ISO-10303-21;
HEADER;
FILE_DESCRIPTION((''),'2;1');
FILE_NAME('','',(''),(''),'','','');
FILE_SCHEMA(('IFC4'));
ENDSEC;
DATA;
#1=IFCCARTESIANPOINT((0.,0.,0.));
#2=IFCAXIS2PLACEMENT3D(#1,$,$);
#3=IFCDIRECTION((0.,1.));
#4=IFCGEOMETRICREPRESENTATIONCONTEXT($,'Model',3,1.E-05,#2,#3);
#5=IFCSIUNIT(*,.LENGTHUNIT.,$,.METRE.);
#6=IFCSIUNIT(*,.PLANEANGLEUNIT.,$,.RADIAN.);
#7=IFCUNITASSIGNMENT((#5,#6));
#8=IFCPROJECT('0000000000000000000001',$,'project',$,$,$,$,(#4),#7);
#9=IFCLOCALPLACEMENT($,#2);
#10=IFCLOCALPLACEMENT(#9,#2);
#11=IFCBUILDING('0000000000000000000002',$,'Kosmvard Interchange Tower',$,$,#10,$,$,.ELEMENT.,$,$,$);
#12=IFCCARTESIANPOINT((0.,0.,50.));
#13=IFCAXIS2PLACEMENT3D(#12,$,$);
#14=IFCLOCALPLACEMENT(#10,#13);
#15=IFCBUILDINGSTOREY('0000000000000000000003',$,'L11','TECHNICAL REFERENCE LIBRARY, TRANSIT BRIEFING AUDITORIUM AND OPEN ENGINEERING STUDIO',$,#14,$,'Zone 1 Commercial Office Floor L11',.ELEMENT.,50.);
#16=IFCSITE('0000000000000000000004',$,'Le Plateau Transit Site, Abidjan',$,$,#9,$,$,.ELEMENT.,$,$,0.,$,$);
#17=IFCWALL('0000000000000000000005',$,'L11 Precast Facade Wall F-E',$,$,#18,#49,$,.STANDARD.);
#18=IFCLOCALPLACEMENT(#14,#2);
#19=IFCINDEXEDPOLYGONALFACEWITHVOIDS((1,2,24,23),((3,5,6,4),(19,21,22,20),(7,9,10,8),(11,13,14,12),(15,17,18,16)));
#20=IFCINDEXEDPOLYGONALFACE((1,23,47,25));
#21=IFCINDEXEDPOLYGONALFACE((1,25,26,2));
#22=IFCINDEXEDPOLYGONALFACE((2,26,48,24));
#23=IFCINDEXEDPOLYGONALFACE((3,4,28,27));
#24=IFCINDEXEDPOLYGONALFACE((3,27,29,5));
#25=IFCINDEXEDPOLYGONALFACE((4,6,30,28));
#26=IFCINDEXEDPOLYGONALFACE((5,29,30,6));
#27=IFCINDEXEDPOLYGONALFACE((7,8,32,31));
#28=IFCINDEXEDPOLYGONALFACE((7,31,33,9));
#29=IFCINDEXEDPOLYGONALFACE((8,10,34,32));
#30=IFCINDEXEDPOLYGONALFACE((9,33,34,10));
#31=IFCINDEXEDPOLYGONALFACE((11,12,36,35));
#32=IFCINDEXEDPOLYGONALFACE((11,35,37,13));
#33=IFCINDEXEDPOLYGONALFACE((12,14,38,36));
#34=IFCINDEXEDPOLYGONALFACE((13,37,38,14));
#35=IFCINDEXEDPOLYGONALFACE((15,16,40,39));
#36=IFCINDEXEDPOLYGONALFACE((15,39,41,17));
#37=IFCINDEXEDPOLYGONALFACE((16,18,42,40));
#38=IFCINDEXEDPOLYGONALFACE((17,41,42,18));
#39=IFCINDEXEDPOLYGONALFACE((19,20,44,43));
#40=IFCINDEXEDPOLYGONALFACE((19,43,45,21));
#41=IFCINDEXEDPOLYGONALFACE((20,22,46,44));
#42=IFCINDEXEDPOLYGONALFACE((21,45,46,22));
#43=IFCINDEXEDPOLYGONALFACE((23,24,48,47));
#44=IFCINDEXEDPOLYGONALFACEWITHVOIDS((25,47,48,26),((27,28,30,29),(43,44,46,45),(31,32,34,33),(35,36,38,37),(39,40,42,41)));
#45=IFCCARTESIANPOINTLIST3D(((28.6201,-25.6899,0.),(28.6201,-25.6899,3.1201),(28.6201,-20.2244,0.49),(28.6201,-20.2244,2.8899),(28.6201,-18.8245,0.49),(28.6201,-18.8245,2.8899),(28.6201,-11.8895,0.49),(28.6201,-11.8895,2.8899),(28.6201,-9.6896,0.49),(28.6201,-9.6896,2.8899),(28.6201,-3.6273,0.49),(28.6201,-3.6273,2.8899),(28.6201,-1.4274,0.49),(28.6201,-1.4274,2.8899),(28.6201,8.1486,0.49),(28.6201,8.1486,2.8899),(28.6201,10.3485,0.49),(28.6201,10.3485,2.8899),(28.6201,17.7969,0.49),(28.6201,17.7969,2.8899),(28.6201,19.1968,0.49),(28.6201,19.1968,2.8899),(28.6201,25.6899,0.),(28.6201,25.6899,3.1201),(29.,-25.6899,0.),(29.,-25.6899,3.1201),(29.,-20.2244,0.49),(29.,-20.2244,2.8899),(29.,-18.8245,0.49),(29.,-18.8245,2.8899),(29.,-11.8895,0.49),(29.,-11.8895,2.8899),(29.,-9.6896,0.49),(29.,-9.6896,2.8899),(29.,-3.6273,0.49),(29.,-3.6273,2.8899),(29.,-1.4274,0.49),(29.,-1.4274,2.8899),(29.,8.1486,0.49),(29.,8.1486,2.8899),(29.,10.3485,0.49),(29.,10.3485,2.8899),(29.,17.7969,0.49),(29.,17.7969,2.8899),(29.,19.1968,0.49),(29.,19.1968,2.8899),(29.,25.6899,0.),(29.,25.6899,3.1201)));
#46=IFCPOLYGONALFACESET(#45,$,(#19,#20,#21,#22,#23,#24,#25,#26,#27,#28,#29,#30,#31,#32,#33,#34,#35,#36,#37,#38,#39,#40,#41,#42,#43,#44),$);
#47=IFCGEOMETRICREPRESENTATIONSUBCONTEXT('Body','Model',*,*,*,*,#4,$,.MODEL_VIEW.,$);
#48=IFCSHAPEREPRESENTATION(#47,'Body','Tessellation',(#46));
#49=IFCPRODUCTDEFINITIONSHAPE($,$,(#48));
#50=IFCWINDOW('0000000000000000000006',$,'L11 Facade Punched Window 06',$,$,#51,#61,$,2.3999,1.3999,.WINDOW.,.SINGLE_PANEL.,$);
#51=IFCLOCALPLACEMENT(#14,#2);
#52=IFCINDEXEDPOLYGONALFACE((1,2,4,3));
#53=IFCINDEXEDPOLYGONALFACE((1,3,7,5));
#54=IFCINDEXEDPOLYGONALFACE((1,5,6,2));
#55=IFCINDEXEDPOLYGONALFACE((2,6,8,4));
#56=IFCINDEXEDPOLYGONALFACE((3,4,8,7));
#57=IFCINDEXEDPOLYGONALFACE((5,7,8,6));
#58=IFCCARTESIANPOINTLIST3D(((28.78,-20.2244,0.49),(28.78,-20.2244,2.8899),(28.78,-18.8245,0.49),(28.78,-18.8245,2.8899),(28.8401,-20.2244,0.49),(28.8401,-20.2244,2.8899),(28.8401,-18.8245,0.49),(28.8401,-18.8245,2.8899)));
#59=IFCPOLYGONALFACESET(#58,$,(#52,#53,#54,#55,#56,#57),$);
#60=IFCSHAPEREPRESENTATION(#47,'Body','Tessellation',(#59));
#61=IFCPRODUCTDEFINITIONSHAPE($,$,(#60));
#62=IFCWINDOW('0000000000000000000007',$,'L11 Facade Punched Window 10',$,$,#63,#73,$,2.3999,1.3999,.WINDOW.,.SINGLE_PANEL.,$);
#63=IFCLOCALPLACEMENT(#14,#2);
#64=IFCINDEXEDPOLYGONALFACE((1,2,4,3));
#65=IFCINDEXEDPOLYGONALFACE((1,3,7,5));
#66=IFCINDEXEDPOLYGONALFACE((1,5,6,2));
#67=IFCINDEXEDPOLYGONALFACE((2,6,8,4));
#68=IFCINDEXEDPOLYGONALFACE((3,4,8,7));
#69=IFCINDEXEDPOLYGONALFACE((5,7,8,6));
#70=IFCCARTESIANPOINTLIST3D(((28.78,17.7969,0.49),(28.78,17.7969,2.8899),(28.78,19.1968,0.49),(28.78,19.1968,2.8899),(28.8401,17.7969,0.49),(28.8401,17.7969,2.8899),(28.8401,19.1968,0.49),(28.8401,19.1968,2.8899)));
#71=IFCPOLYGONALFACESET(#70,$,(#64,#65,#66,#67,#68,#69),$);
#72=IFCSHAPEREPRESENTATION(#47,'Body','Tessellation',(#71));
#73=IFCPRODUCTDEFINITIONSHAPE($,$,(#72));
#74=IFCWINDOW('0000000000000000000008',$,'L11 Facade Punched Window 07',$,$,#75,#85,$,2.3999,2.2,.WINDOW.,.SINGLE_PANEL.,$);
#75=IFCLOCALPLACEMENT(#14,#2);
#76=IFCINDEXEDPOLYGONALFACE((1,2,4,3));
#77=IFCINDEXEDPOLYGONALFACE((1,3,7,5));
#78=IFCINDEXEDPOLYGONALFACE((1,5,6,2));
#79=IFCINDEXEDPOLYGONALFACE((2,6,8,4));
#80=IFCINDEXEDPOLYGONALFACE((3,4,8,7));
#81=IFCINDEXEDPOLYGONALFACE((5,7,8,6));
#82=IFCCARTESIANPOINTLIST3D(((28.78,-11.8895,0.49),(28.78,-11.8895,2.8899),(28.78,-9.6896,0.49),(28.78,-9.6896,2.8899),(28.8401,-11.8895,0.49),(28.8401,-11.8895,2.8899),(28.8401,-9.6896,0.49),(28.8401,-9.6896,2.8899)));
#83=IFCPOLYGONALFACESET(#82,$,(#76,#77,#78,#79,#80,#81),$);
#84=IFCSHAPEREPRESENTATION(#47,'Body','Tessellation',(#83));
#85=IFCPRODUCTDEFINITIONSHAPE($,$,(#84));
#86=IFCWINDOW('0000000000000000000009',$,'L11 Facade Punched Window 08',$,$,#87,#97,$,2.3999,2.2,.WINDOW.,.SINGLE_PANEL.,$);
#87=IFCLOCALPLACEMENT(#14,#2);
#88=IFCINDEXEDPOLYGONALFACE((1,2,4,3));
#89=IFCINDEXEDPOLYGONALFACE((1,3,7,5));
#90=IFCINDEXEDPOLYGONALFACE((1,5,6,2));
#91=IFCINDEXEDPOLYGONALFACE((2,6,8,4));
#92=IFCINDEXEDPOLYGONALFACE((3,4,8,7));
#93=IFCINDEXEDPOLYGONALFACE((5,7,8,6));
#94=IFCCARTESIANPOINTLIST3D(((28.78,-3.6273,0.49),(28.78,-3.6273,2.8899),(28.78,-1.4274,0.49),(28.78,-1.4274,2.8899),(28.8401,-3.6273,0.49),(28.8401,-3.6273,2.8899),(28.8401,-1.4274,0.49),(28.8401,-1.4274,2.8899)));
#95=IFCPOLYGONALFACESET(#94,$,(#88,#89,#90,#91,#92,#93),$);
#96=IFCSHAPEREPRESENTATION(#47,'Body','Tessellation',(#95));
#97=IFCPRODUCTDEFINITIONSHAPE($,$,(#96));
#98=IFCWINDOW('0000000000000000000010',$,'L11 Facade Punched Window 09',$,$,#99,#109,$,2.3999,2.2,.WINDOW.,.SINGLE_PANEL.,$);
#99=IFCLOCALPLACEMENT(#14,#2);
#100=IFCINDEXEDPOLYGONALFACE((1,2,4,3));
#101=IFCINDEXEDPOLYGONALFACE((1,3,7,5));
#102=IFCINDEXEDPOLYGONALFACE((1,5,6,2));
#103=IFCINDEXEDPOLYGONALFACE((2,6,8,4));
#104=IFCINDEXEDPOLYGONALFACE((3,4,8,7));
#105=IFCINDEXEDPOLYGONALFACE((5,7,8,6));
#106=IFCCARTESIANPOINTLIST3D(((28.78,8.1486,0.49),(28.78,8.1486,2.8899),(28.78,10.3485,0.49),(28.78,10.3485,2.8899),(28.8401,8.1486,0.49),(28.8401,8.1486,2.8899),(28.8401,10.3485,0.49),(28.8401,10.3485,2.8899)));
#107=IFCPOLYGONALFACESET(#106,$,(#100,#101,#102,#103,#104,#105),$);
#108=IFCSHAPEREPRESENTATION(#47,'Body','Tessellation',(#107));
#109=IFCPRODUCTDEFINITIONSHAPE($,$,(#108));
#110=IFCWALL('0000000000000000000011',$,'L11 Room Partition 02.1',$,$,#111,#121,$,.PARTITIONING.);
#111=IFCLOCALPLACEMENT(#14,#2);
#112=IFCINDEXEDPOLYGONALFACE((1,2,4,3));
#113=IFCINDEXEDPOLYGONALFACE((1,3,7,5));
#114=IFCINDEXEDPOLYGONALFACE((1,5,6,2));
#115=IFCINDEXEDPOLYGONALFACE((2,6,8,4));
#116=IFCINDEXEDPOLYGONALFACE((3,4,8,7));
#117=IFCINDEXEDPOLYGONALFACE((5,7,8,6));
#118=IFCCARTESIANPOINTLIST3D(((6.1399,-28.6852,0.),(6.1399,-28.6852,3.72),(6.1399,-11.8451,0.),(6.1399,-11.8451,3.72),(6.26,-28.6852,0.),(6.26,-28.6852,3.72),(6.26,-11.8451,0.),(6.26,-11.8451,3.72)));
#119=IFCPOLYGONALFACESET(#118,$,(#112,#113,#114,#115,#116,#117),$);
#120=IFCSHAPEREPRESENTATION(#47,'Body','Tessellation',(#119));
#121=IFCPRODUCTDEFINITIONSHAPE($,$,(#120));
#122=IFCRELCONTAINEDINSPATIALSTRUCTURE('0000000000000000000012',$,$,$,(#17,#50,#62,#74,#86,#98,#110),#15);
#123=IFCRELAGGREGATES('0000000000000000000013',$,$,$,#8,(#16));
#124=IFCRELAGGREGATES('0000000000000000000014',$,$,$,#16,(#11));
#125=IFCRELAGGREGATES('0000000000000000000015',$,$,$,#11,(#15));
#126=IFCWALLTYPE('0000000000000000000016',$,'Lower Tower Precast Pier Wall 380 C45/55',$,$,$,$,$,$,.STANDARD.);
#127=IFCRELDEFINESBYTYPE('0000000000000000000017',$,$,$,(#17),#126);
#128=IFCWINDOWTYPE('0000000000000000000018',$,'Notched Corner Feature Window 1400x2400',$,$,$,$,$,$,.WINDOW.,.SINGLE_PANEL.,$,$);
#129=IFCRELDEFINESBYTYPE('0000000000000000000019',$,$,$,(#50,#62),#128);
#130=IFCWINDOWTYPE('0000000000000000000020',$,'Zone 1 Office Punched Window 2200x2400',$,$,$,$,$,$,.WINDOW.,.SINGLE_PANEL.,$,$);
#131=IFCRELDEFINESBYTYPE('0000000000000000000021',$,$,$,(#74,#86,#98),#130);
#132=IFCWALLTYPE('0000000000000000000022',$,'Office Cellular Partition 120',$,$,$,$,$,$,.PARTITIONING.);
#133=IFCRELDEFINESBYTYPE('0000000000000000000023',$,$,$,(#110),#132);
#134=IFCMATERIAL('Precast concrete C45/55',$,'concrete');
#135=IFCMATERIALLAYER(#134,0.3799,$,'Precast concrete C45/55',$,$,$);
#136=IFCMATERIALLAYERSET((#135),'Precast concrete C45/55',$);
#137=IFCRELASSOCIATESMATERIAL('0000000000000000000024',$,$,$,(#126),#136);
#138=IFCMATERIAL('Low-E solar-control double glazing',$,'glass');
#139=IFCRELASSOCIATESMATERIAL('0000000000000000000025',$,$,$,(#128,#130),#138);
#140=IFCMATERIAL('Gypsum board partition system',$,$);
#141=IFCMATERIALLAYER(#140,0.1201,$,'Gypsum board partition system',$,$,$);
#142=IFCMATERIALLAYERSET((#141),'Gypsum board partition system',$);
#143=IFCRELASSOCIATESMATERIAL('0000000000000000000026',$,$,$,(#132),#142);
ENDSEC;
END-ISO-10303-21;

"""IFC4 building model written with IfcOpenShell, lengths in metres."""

from ifc_helpers import new_model, si_unit, direction, frame, frame_2d, origin, place, context, subcontext, project, spatial, rectangle, extrude, source, transform, mapped, material, layer, layer_set, type_object, element, fill, save


model = new_model("IFC4")

# Units and contexts
model_context = context("Model", 3, precision=1e-05, world=origin(), true_north=direction((0.0, 1.0)))
body_context = subcontext(model_context, "Body", "Model", "MODEL_VIEW")
ifc_project = project(units=[si_unit("LENGTHUNIT", "METRE"), si_unit("PLANEANGLEUNIT", "RADIAN")], contexts=[model_context])

# Site, building, storey
site_placement = place(None, origin())
site = spatial("IfcSite", under=ifc_project, at=site_placement, Name="Le Plateau Transit Site, Abidjan", CompositionType="ELEMENT", RefElevation=0.0)
building_placement = place(site_placement, origin())
building = spatial("IfcBuilding", under=site, at=building_placement, Name="Kosmvard Interchange Tower", CompositionType="ELEMENT")
storey_placement = place(building_placement, frame((0.0, 0.0, 50.0)))
storey = spatial("IfcBuildingStorey", under=building, at=storey_placement, Name="L11", Description="TECHNICAL REFERENCE LIBRARY, TRANSIT BRIEFING AUDITORIUM AND OPEN ENGINEERING STUDIO", LongName="Zone 1 Commercial Office Floor L11", CompositionType="ELEMENT", Elevation=50.0)

# Shared definitions
ifc_material_1 = material(Name="Precast concrete C45/55", Category="concrete")

# Shared definitions
ifc_layer_1 = layer(ifc_material_1, 0.3799, Name="Precast concrete C45/55")
ifc_layer_set_1 = layer_set([ifc_layer_1], Name="Precast concrete C45/55")
wall_type_1 = type_object("IfcWallType", Name="Lower Tower Precast Pier Wall 380 C45/55", PredefinedType="STANDARD", material=ifc_layer_set_1)

# Wall, openings, windows
wall_1_placement = place(storey_placement, frame((28.8101, -25.6899, 0.0), z_axis=(0.0, 0.0, 1.0), x_axis=(0.0, 1.0, 0.0)))
wall_1 = element("IfcWall", 1, at=wall_1_placement, inside=storey, type_object=wall_type_1, Name="L11 Precast Facade Wall F-E", PredefinedType="STANDARD", context=body_context, shape_type="SweptSolid", body=[
    extrude(rectangle(XDim=51.3799, YDim=0.3799, at=frame_2d((25.6899, 0.0))), origin(), (0.0, 0.0, 1.0), 3.1201),
])
opening_1_placement = place(wall_1_placement, frame((5.4656, 0.0, 0.49)))
opening_1 = element("IfcOpeningElement", 2, at=opening_1_placement, cuts=wall_1, PredefinedType="OPENING", context=body_context, shape_type="SweptSolid", body=[
    extrude(rectangle(XDim=1.3999, YDim=2.3999, at=frame_2d((0.7, 1.2))), frame((0.0, 0.2, 0.0), z_axis=(0.0, -1.0, 0.0), x_axis=(1.0, 0.0, 0.0)), (0.0, 0.0, 1.0), 0.3999),
])
opening_2_placement = place(wall_1_placement, frame((13.8003, 0.0, 0.49)))
opening_2 = element("IfcOpeningElement", 3, at=opening_2_placement, cuts=wall_1, PredefinedType="OPENING", context=body_context, shape_type="SweptSolid", body=[
    extrude(rectangle(XDim=2.2, YDim=2.3999, at=frame_2d((1.1001, 1.2))), frame((0.0, 0.2, 0.0), z_axis=(0.0, -1.0, 0.0), x_axis=(1.0, 0.0, 0.0)), (0.0, 0.0, 1.0), 0.3999),
])
opening_3_placement = place(wall_1_placement, frame((22.0625, 0.0, 0.49)))
opening_3 = element("IfcOpeningElement", 4, at=opening_3_placement, cuts=wall_1, PredefinedType="OPENING", context=body_context, shape_type="SweptSolid", body=[
    extrude(rectangle(XDim=2.2, YDim=2.3999, at=frame_2d((1.1001, 1.2))), frame((0.0, 0.2, 0.0), z_axis=(0.0, -1.0, 0.0), x_axis=(1.0, 0.0, 0.0)), (0.0, 0.0, 1.0), 0.3999),
])
opening_4_placement = place(wall_1_placement, frame((33.8384, 0.0, 0.49)))
opening_4 = element("IfcOpeningElement", 5, at=opening_4_placement, cuts=wall_1, PredefinedType="OPENING", context=body_context, shape_type="SweptSolid", body=[
    extrude(rectangle(XDim=2.2, YDim=2.3999, at=frame_2d((1.1001, 1.2))), frame((0.0, 0.2, 0.0), z_axis=(0.0, -1.0, 0.0), x_axis=(1.0, 0.0, 0.0)), (0.0, 0.0, 1.0), 0.3999),
])
opening_5_placement = place(wall_1_placement, frame((43.4868, 0.0, 0.49)))
opening_5 = element("IfcOpeningElement", 6, at=opening_5_placement, cuts=wall_1, PredefinedType="OPENING", context=body_context, shape_type="SweptSolid", body=[
    extrude(rectangle(XDim=1.3999, YDim=2.3999, at=frame_2d((0.7, 1.2))), frame((0.0, 0.2, 0.0), z_axis=(0.0, -1.0, 0.0), x_axis=(1.0, 0.0, 0.0)), (0.0, 0.0, 1.0), 0.3999),
])
ifc_material_2 = material(Name="Low-E solar-control double glazing", Category="glass")
window_type_1 = type_object("IfcWindowType", Name="Notched Corner Feature Window 1400x2400", PartitioningType="SINGLE_PANEL", PredefinedType="WINDOW", material=ifc_material_2)
shared_shape_1 = source(origin(), body_context, "Body", "SweptSolid", [
    extrude(rectangle(XDim=1.3999, YDim=2.3999, at=frame_2d((0.7, 1.2))), frame((0.0, 0.03, 0.0), z_axis=(0.0, -1.0, 0.0), x_axis=(1.0, 0.0, 0.0)), (0.0, 0.0, 1.0), 0.0601),
])
window_1_placement = place(opening_1_placement, origin())
window_1 = element("IfcWindow", 7, at=window_1_placement, inside=storey, type_object=window_type_1, Name="L11 Facade Punched Window 06", OverallHeight=2.3999, OverallWidth=1.3999, PartitioningType="SINGLE_PANEL", PredefinedType="WINDOW", context=body_context, shape_type="MappedRepresentation", body=[
    mapped(shared_shape_1, transform((0.0, 0.0, 0.0), scale=1.0)),
])
fill(opening_1, window_1)
window_2_placement = place(opening_5_placement, origin())
window_2 = element("IfcWindow", 8, at=window_2_placement, inside=storey, type_object=window_type_1, Name="L11 Facade Punched Window 10", OverallHeight=2.3999, OverallWidth=1.3999, PartitioningType="SINGLE_PANEL", PredefinedType="WINDOW", context=body_context, shape_type="MappedRepresentation", body=[
    mapped(shared_shape_1, transform((0.0, 0.0, 0.0), scale=1.0)),
])
fill(opening_5, window_2)
window_type_2 = type_object("IfcWindowType", Name="Zone 1 Office Punched Window 2200x2400", PartitioningType="SINGLE_PANEL", PredefinedType="WINDOW", material=ifc_material_2)
shared_shape_2 = source(origin(), body_context, "Body", "SweptSolid", [
    extrude(rectangle(XDim=2.2, YDim=2.3999, at=frame_2d((1.1001, 1.2))), frame((0.0, 0.03, 0.0), z_axis=(0.0, -1.0, 0.0), x_axis=(1.0, 0.0, 0.0)), (0.0, 0.0, 1.0), 0.0601),
])
window_3_placement = place(opening_2_placement, origin())
window_3 = element("IfcWindow", 9, at=window_3_placement, inside=storey, type_object=window_type_2, Name="L11 Facade Punched Window 07", OverallHeight=2.3999, OverallWidth=2.2, PartitioningType="SINGLE_PANEL", PredefinedType="WINDOW", context=body_context, shape_type="MappedRepresentation", body=[
    mapped(shared_shape_2, transform((0.0, 0.0, 0.0), scale=1.0)),
])
fill(opening_2, window_3)
window_4_placement = place(opening_3_placement, origin())
window_4 = element("IfcWindow", 10, at=window_4_placement, inside=storey, type_object=window_type_2, Name="L11 Facade Punched Window 08", OverallHeight=2.3999, OverallWidth=2.2, PartitioningType="SINGLE_PANEL", PredefinedType="WINDOW", context=body_context, shape_type="MappedRepresentation", body=[
    mapped(shared_shape_2, transform((0.0, 0.0, 0.0), scale=1.0)),
])
fill(opening_3, window_4)
window_5_placement = place(opening_4_placement, origin())
window_5 = element("IfcWindow", 11, at=window_5_placement, inside=storey, type_object=window_type_2, Name="L11 Facade Punched Window 09", OverallHeight=2.3999, OverallWidth=2.2, PartitioningType="SINGLE_PANEL", PredefinedType="WINDOW", context=body_context, shape_type="MappedRepresentation", body=[
    mapped(shared_shape_2, transform((0.0, 0.0, 0.0), scale=1.0)),
])
fill(opening_4, window_5)

# Wall
ifc_material_3 = material(Name="Gypsum board partition system")
ifc_layer_2 = layer(ifc_material_3, 0.1201, Name="Gypsum board partition system")
ifc_layer_set_2 = layer_set([ifc_layer_2], Name="Gypsum board partition system")
wall_type_2 = type_object("IfcWallType", Name="Office Cellular Partition 120", PredefinedType="PARTITIONING", material=ifc_layer_set_2)
wall_2_placement = place(storey_placement, frame((6.2, -28.6851, 0.0), z_axis=(0.0, 0.0, 1.0), x_axis=(0.0, 1.0, 0.0)))
element("IfcWall", 12, at=wall_2_placement, inside=storey, type_object=wall_type_2, Name="L11 Room Partition 02.1", PredefinedType="PARTITIONING", context=body_context, shape_type="SweptSolid", body=[
    extrude(rectangle(XDim=16.8401, YDim=0.1201, at=frame_2d((8.4199, 0.0))), origin(), (0.0, 0.0, 1.0), 3.72),
])

save(model, "model.ifc")
